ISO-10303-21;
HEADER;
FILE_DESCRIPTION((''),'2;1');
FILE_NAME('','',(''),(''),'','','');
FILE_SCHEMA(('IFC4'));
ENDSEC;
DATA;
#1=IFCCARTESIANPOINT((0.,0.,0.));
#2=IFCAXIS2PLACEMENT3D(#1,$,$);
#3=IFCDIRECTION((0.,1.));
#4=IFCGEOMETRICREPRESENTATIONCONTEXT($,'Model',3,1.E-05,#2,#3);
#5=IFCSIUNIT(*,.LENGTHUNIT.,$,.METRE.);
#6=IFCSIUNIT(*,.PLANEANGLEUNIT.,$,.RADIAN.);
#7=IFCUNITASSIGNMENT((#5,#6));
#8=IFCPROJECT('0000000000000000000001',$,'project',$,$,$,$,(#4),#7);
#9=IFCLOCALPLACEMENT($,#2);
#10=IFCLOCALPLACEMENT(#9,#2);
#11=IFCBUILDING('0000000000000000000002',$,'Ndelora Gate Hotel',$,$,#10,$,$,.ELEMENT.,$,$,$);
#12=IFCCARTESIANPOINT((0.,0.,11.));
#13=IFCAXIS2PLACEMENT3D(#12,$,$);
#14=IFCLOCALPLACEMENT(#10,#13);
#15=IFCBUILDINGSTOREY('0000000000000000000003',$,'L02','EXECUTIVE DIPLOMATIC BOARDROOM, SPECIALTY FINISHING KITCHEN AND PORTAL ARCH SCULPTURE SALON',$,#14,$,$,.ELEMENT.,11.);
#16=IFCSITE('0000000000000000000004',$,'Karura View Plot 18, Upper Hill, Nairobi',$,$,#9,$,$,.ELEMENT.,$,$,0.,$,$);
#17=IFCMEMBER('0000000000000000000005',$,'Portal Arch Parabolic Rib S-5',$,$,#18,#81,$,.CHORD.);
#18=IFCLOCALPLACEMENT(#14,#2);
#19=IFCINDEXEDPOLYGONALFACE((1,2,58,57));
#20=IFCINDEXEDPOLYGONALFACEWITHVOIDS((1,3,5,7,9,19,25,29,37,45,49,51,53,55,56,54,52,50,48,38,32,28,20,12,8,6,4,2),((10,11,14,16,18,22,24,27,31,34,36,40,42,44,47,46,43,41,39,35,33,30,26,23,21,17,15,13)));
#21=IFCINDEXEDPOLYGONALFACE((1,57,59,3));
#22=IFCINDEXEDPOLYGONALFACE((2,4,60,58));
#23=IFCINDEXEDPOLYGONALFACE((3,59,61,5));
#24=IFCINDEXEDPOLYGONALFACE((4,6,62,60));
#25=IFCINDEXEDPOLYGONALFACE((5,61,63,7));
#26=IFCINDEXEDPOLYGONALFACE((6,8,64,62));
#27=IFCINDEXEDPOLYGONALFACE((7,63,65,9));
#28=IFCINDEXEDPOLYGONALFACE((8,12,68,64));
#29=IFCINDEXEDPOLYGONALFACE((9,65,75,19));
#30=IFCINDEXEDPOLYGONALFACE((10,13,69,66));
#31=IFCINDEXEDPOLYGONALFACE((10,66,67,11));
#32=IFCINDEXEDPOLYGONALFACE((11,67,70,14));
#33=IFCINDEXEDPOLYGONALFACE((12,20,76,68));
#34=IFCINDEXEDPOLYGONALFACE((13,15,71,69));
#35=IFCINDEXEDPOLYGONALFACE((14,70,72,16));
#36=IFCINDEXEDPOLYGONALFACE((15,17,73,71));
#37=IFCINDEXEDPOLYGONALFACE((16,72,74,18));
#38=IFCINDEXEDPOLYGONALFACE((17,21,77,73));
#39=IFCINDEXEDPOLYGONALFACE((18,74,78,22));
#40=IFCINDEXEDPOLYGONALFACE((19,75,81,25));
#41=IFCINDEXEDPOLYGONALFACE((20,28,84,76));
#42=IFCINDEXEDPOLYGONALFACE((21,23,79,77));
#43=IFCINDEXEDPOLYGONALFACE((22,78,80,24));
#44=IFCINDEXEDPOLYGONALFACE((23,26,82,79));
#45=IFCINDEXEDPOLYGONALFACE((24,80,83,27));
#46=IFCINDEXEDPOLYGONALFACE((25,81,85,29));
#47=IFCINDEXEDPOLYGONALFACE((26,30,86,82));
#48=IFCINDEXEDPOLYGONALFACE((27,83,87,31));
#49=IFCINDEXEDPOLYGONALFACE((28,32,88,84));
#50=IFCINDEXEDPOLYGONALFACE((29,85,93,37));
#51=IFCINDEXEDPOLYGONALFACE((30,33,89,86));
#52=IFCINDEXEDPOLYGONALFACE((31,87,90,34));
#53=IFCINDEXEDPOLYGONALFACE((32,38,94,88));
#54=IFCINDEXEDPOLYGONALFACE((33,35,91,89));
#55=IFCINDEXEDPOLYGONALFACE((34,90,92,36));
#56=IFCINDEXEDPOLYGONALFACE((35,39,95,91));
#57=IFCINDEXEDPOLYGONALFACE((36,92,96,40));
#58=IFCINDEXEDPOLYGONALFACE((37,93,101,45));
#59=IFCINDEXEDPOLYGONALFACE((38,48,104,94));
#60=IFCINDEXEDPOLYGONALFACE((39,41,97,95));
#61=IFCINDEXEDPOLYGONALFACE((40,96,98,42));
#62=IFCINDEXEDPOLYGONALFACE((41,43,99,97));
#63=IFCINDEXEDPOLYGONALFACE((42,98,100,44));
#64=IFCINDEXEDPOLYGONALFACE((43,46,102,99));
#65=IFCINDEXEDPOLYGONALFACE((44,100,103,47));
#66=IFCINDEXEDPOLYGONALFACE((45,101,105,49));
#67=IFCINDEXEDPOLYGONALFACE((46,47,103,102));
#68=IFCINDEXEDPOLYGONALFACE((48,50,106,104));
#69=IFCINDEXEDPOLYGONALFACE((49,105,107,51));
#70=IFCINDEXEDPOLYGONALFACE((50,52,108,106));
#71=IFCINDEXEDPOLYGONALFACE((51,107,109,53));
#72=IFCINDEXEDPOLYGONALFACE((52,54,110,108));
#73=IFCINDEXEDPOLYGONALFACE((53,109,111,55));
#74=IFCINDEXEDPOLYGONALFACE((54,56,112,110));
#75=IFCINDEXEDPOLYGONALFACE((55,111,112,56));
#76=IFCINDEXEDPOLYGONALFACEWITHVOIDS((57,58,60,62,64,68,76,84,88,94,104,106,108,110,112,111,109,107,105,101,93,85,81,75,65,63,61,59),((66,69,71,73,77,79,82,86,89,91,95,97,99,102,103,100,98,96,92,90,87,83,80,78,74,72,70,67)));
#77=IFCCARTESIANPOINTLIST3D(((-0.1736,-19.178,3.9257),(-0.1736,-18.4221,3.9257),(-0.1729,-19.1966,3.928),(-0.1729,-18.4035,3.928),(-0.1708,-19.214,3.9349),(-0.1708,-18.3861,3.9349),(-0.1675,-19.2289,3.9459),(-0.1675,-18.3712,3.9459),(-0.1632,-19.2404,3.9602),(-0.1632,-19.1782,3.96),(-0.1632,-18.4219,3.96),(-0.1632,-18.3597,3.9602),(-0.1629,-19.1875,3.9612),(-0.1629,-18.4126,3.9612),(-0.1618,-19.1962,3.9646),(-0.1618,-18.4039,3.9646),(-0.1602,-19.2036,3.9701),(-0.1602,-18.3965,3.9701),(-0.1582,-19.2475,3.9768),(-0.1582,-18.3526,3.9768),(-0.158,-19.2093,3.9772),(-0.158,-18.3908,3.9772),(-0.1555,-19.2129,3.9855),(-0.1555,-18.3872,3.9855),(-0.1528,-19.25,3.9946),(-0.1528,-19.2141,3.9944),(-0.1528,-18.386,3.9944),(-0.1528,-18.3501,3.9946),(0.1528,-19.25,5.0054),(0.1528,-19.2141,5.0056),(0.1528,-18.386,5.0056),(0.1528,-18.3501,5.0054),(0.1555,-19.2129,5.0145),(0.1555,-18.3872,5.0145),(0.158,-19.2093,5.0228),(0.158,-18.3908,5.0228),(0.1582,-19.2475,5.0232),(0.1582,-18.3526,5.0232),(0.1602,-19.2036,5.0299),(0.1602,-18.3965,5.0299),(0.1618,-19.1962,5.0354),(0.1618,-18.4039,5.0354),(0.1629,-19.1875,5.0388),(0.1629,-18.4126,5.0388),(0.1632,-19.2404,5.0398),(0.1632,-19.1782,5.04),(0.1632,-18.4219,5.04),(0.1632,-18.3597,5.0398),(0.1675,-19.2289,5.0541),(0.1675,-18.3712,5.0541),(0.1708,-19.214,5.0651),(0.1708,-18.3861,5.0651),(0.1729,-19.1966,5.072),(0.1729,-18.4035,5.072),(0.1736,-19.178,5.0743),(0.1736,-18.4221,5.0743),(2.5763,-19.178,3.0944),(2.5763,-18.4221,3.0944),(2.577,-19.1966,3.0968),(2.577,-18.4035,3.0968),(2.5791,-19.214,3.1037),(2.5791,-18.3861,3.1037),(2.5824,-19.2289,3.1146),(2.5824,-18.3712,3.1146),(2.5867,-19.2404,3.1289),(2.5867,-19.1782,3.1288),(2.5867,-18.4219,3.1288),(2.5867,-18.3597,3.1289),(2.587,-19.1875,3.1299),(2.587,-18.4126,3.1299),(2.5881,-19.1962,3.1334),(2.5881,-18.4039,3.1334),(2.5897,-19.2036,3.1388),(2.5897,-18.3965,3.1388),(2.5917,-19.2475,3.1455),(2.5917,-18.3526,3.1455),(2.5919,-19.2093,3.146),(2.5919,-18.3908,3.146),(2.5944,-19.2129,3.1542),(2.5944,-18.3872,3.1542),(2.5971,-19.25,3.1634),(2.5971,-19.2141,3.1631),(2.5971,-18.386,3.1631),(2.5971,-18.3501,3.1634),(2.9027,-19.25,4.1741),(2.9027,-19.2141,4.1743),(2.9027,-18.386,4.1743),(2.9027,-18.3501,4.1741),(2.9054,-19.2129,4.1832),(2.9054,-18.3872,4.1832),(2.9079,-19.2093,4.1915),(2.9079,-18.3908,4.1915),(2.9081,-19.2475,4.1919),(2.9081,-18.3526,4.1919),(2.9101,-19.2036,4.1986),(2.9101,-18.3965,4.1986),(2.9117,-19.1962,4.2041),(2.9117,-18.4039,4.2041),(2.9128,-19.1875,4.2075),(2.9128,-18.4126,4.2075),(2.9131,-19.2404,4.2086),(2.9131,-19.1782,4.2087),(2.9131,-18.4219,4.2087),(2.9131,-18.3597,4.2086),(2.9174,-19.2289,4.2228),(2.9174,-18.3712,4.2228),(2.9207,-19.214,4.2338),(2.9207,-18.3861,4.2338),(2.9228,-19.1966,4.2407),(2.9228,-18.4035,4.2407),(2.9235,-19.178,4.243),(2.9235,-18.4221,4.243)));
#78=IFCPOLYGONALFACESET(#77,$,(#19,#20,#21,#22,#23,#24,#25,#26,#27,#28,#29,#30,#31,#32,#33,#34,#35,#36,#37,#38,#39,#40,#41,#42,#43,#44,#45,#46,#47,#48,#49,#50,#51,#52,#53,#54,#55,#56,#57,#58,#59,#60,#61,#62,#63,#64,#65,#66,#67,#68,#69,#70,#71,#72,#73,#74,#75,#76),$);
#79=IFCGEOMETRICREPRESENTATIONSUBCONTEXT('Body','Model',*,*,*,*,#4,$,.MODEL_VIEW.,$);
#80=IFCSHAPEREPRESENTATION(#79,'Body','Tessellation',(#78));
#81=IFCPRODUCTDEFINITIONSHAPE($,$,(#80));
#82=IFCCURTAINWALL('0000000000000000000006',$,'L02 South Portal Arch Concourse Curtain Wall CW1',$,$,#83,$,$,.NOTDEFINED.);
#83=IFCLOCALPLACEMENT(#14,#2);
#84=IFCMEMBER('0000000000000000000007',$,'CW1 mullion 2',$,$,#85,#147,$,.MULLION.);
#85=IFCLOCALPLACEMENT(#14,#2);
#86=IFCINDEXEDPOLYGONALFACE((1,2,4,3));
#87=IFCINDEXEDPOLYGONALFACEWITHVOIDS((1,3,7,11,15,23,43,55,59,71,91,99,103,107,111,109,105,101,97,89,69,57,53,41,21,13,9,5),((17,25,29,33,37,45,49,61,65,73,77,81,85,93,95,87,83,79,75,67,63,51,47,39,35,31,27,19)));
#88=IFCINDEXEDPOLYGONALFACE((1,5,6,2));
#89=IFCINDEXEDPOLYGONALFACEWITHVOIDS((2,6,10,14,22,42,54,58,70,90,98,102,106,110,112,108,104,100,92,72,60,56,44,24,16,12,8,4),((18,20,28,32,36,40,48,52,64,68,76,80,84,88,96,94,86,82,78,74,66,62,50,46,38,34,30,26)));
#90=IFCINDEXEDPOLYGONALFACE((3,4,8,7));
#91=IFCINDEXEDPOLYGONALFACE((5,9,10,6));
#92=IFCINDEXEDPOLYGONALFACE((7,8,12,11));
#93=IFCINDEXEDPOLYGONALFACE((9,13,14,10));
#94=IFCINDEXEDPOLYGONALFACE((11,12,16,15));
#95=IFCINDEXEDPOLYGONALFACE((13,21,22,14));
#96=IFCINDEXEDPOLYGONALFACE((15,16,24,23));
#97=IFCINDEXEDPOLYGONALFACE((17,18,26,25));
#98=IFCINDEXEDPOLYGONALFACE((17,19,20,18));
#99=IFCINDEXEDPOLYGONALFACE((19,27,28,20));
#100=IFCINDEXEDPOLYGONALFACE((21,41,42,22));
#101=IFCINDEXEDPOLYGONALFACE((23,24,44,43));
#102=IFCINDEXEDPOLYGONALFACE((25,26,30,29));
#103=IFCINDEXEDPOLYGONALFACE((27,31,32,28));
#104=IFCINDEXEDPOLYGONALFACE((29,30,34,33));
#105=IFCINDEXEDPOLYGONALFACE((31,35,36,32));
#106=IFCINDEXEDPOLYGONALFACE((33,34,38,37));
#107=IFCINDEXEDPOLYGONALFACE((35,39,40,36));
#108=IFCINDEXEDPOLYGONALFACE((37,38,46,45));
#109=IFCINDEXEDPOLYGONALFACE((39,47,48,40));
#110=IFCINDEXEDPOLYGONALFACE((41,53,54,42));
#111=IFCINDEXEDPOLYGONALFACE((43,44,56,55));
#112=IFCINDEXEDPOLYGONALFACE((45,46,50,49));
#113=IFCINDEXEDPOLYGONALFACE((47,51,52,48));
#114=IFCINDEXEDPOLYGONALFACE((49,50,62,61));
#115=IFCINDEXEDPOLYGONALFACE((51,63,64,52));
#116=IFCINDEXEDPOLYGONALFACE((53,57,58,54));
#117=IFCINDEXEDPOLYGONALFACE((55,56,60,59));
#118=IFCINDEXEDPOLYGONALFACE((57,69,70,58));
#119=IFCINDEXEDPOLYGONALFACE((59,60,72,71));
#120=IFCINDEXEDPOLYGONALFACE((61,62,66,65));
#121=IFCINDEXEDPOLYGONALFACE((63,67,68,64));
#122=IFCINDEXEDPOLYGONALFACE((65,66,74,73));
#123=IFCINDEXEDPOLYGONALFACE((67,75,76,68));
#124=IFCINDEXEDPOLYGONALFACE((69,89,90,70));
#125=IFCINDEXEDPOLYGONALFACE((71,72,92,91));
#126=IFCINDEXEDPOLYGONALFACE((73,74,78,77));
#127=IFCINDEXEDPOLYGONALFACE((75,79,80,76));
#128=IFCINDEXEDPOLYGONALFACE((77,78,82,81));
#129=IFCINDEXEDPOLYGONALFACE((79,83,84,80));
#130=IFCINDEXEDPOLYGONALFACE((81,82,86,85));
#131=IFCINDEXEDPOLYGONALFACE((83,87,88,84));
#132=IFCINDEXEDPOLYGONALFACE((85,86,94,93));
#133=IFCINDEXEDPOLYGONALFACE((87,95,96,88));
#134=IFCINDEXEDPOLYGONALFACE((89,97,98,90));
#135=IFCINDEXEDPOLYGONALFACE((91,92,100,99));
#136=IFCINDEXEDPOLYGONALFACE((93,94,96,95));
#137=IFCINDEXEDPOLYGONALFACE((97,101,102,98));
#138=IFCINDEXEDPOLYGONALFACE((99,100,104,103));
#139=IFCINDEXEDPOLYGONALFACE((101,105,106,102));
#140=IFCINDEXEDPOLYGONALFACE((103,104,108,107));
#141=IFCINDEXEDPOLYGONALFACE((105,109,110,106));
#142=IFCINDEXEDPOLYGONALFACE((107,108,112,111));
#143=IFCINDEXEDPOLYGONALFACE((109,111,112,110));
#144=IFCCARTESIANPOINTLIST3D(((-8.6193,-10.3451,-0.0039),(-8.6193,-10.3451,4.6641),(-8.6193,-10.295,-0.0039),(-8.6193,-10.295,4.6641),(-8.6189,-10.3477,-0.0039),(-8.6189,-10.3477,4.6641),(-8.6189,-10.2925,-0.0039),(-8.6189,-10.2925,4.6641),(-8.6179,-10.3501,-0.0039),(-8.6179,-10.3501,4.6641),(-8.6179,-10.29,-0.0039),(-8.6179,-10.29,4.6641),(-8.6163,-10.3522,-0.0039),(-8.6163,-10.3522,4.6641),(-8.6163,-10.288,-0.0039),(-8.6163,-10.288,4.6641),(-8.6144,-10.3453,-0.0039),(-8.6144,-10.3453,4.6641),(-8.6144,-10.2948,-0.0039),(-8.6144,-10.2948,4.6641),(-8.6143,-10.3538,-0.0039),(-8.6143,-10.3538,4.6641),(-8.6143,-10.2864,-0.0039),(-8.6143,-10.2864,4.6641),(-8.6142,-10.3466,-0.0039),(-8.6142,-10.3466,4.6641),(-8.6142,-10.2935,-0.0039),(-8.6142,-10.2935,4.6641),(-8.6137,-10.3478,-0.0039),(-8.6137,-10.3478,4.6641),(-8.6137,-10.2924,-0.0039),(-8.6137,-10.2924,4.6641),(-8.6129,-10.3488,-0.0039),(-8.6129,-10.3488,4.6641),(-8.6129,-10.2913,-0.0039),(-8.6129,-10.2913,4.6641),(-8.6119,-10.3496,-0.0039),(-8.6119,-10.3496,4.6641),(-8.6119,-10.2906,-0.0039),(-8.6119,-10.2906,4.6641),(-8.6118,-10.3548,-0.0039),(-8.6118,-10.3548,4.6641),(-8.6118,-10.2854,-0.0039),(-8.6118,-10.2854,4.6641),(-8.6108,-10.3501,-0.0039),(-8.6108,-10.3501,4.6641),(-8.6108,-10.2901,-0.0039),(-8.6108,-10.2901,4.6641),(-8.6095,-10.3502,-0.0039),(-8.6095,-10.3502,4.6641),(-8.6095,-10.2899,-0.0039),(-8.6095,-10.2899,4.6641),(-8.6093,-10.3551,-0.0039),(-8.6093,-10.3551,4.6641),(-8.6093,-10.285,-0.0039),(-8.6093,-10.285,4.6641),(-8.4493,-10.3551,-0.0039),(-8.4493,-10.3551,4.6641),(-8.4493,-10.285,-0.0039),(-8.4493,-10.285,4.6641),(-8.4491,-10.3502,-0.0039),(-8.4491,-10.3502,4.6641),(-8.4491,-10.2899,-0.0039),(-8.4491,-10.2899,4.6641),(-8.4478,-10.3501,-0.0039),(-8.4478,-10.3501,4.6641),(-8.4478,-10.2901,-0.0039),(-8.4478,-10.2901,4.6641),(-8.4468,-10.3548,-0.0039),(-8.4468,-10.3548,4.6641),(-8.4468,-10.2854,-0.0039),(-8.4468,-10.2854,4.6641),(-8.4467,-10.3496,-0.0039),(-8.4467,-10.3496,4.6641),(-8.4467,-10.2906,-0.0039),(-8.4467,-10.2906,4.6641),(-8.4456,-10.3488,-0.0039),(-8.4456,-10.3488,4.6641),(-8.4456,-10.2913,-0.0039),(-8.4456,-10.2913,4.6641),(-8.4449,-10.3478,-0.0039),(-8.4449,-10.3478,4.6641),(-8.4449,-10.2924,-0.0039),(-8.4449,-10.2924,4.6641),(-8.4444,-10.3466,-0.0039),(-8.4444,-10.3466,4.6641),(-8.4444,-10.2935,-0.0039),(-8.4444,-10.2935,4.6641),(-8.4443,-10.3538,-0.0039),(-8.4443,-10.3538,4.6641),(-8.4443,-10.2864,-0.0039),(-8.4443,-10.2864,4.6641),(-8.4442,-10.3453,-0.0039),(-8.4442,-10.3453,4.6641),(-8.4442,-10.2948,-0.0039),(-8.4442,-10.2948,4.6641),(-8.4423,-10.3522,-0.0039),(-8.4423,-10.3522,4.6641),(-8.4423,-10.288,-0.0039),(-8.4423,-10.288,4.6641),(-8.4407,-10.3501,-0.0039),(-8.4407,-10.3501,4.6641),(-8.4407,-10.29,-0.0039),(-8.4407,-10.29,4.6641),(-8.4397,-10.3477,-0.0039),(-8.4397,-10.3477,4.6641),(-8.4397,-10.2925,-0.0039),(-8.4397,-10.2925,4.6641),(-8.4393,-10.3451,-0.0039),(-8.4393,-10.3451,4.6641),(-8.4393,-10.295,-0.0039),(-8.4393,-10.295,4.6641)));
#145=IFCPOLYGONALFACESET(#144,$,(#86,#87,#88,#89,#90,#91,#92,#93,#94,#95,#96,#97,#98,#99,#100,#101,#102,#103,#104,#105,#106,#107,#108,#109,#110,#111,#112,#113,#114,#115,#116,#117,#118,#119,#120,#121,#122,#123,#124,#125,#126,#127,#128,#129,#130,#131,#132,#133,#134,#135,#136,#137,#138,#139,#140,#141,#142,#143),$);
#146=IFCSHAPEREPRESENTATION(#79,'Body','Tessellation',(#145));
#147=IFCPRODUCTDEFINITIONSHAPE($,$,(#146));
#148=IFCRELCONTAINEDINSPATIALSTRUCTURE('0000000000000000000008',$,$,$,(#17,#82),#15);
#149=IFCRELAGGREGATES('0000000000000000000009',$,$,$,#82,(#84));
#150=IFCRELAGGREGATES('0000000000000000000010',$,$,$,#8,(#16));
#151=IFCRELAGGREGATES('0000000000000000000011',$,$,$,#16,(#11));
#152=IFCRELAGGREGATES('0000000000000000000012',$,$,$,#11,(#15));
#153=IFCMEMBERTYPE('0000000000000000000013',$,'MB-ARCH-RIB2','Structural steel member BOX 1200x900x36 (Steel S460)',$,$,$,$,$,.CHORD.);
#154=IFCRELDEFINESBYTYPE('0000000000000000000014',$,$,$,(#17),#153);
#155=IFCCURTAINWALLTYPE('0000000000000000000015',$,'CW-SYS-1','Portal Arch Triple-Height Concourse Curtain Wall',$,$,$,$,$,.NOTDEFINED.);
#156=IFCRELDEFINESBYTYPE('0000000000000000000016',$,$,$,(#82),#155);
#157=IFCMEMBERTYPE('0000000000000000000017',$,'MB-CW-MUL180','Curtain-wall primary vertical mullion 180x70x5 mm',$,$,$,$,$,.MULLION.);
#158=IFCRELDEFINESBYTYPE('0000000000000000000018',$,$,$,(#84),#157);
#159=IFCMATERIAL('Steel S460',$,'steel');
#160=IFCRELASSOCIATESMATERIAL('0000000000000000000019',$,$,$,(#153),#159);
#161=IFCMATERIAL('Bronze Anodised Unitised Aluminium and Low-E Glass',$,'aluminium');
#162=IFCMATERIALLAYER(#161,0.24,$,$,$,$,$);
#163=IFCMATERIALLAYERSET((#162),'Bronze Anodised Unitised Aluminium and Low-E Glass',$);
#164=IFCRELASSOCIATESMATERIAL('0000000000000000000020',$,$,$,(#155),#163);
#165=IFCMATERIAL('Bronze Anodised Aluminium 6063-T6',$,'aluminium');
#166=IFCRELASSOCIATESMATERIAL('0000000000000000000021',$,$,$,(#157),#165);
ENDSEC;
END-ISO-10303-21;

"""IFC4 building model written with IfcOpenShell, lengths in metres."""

from ifc_helpers import new_model, si_unit, direction, frame, origin, origin_2d, place, context, subcontext, project, spatial, hollow_rectangle, extrude, material, layer, layer_set, material_profile, profile_set, type_object, element, aggregate, save


model = new_model("IFC4")

# Units and contexts
model_context = context("Model", 3, precision=1e-05, world=origin(), true_north=direction((0.0, 1.0)))
body_context = subcontext(model_context, "Body", "Model", "MODEL_VIEW")
ifc_project = project(units=[si_unit("LENGTHUNIT", "METRE"), si_unit("PLANEANGLEUNIT", "RADIAN")], contexts=[model_context])

# Site, building, storey
site_placement = place(None, origin())
site = spatial("IfcSite", under=ifc_project, at=site_placement, Name="Karura View Plot 18, Upper Hill, Nairobi", CompositionType="ELEMENT", RefElevation=0.0)
building_placement = place(site_placement, origin())
building = spatial("IfcBuilding", under=site, at=building_placement, Name="Ndelora Gate Hotel", CompositionType="ELEMENT")
storey_placement = place(building_placement, frame((0.0, 0.0, 11.0)))
storey = spatial("IfcBuildingStorey", under=building, at=storey_placement, Name="L02", Description="EXECUTIVE DIPLOMATIC BOARDROOM, SPECIALTY FINISHING KITCHEN AND PORTAL ARCH SCULPTURE SALON", CompositionType="ELEMENT", Elevation=11.0)

# Member
ifc_material_1 = material(Name="Steel S460", Category="steel")
ifc_material_profile_1 = material_profile(ifc_material_1, hollow_rectangle(XDim=0.8999, YDim=1.2, WallThickness=0.0359, InnerFilletRadius=0.0359, OuterFilletRadius=0.072, at=origin_2d()), Name="BOX 1200x900x36")
ifc_profile_set_1 = profile_set([ifc_material_profile_1], Name="Steel S460")
member_type_1 = type_object("IfcMemberType", Name="MB-ARCH-RIB2", Description="Structural steel member BOX 1200x900x36 (Steel S460)", PredefinedType="CHORD", material=ifc_profile_set_1)
for number, where, z_axis, x_axis, name in (
    (1, (0.0, -18.8, 4.5), (0.957221, 0.0, -0.289359), (0.0, 1.0, 0.0), "Portal Arch Parabolic Rib S-5"),
):
    element("IfcMember", number, at=place(storey_placement, frame(where, z_axis=z_axis, x_axis=x_axis)), inside=storey, type_object=member_type_1, Name=name, PredefinedType="CHORD", context=body_context, shape_type="SweptSolid", body=[
        extrude(hollow_rectangle(XDim=0.8999, YDim=1.2, WallThickness=0.0359, InnerFilletRadius=0.0359, OuterFilletRadius=0.072, at=origin_2d()), origin(), (0.0, 0.0, 1.0), 2.8728),
    ])

# Curtain wall, member
ifc_material_2 = material(Name="Bronze Anodised Unitised Aluminium and Low-E Glass", Category="aluminium")
ifc_layer_1 = layer(ifc_material_2, 0.24)
ifc_layer_set_1 = layer_set([ifc_layer_1], Name="Bronze Anodised Unitised Aluminium and Low-E Glass")
curtain_wall_type = type_object("IfcCurtainWallType", Name="CW-SYS-1", Description="Portal Arch Triple-Height Concourse Curtain Wall", PredefinedType="NOTDEFINED", material=ifc_layer_set_1)
curtain_wall_placement = place(storey_placement, origin())
curtain_wall = element("IfcCurtainWall", 2, at=curtain_wall_placement, inside=storey, type_object=curtain_wall_type, Name="L02 South Portal Arch Concourse Curtain Wall CW1", PredefinedType="NOTDEFINED")
ifc_material_3 = material(Name="Bronze Anodised Aluminium 6063-T6", Category="aluminium")
ifc_material_profile_2 = material_profile(ifc_material_3, hollow_rectangle(XDim=0.0701, YDim=0.1799, WallThickness=0.0049, InnerFilletRadius=0.0049, OuterFilletRadius=0.01, at=origin_2d()), Name="ALU 180x70x5")
ifc_profile_set_2 = profile_set([ifc_material_profile_2], Name="Bronze Anodised Aluminium 6063-T6")
member_type_2 = type_object("IfcMemberType", Name="MB-CW-MUL180", Description="Curtain-wall primary vertical mullion 180x70x5 mm", PredefinedType="MULLION", material=ifc_profile_set_2)
member_1_placement = place(storey_placement, frame((-8.5293, -10.3201, -0.0039), z_axis=(0.0, 0.0, 1.0), x_axis=(0.0, 1.0, 0.0)))
member_1 = element("IfcMember", 3, at=member_1_placement, type_object=member_type_2, Name="CW1 mullion 2", PredefinedType="MULLION", context=body_context, shape_type="SweptSolid", body=[
    extrude(hollow_rectangle(XDim=0.0701, YDim=0.1799, WallThickness=0.0049, InnerFilletRadius=0.0049, OuterFilletRadius=0.01, at=origin_2d()), origin(), (0.0, 0.0, 1.0), 4.668),
])
aggregate(curtain_wall, [member_1])

save(model, "model.ifc")
